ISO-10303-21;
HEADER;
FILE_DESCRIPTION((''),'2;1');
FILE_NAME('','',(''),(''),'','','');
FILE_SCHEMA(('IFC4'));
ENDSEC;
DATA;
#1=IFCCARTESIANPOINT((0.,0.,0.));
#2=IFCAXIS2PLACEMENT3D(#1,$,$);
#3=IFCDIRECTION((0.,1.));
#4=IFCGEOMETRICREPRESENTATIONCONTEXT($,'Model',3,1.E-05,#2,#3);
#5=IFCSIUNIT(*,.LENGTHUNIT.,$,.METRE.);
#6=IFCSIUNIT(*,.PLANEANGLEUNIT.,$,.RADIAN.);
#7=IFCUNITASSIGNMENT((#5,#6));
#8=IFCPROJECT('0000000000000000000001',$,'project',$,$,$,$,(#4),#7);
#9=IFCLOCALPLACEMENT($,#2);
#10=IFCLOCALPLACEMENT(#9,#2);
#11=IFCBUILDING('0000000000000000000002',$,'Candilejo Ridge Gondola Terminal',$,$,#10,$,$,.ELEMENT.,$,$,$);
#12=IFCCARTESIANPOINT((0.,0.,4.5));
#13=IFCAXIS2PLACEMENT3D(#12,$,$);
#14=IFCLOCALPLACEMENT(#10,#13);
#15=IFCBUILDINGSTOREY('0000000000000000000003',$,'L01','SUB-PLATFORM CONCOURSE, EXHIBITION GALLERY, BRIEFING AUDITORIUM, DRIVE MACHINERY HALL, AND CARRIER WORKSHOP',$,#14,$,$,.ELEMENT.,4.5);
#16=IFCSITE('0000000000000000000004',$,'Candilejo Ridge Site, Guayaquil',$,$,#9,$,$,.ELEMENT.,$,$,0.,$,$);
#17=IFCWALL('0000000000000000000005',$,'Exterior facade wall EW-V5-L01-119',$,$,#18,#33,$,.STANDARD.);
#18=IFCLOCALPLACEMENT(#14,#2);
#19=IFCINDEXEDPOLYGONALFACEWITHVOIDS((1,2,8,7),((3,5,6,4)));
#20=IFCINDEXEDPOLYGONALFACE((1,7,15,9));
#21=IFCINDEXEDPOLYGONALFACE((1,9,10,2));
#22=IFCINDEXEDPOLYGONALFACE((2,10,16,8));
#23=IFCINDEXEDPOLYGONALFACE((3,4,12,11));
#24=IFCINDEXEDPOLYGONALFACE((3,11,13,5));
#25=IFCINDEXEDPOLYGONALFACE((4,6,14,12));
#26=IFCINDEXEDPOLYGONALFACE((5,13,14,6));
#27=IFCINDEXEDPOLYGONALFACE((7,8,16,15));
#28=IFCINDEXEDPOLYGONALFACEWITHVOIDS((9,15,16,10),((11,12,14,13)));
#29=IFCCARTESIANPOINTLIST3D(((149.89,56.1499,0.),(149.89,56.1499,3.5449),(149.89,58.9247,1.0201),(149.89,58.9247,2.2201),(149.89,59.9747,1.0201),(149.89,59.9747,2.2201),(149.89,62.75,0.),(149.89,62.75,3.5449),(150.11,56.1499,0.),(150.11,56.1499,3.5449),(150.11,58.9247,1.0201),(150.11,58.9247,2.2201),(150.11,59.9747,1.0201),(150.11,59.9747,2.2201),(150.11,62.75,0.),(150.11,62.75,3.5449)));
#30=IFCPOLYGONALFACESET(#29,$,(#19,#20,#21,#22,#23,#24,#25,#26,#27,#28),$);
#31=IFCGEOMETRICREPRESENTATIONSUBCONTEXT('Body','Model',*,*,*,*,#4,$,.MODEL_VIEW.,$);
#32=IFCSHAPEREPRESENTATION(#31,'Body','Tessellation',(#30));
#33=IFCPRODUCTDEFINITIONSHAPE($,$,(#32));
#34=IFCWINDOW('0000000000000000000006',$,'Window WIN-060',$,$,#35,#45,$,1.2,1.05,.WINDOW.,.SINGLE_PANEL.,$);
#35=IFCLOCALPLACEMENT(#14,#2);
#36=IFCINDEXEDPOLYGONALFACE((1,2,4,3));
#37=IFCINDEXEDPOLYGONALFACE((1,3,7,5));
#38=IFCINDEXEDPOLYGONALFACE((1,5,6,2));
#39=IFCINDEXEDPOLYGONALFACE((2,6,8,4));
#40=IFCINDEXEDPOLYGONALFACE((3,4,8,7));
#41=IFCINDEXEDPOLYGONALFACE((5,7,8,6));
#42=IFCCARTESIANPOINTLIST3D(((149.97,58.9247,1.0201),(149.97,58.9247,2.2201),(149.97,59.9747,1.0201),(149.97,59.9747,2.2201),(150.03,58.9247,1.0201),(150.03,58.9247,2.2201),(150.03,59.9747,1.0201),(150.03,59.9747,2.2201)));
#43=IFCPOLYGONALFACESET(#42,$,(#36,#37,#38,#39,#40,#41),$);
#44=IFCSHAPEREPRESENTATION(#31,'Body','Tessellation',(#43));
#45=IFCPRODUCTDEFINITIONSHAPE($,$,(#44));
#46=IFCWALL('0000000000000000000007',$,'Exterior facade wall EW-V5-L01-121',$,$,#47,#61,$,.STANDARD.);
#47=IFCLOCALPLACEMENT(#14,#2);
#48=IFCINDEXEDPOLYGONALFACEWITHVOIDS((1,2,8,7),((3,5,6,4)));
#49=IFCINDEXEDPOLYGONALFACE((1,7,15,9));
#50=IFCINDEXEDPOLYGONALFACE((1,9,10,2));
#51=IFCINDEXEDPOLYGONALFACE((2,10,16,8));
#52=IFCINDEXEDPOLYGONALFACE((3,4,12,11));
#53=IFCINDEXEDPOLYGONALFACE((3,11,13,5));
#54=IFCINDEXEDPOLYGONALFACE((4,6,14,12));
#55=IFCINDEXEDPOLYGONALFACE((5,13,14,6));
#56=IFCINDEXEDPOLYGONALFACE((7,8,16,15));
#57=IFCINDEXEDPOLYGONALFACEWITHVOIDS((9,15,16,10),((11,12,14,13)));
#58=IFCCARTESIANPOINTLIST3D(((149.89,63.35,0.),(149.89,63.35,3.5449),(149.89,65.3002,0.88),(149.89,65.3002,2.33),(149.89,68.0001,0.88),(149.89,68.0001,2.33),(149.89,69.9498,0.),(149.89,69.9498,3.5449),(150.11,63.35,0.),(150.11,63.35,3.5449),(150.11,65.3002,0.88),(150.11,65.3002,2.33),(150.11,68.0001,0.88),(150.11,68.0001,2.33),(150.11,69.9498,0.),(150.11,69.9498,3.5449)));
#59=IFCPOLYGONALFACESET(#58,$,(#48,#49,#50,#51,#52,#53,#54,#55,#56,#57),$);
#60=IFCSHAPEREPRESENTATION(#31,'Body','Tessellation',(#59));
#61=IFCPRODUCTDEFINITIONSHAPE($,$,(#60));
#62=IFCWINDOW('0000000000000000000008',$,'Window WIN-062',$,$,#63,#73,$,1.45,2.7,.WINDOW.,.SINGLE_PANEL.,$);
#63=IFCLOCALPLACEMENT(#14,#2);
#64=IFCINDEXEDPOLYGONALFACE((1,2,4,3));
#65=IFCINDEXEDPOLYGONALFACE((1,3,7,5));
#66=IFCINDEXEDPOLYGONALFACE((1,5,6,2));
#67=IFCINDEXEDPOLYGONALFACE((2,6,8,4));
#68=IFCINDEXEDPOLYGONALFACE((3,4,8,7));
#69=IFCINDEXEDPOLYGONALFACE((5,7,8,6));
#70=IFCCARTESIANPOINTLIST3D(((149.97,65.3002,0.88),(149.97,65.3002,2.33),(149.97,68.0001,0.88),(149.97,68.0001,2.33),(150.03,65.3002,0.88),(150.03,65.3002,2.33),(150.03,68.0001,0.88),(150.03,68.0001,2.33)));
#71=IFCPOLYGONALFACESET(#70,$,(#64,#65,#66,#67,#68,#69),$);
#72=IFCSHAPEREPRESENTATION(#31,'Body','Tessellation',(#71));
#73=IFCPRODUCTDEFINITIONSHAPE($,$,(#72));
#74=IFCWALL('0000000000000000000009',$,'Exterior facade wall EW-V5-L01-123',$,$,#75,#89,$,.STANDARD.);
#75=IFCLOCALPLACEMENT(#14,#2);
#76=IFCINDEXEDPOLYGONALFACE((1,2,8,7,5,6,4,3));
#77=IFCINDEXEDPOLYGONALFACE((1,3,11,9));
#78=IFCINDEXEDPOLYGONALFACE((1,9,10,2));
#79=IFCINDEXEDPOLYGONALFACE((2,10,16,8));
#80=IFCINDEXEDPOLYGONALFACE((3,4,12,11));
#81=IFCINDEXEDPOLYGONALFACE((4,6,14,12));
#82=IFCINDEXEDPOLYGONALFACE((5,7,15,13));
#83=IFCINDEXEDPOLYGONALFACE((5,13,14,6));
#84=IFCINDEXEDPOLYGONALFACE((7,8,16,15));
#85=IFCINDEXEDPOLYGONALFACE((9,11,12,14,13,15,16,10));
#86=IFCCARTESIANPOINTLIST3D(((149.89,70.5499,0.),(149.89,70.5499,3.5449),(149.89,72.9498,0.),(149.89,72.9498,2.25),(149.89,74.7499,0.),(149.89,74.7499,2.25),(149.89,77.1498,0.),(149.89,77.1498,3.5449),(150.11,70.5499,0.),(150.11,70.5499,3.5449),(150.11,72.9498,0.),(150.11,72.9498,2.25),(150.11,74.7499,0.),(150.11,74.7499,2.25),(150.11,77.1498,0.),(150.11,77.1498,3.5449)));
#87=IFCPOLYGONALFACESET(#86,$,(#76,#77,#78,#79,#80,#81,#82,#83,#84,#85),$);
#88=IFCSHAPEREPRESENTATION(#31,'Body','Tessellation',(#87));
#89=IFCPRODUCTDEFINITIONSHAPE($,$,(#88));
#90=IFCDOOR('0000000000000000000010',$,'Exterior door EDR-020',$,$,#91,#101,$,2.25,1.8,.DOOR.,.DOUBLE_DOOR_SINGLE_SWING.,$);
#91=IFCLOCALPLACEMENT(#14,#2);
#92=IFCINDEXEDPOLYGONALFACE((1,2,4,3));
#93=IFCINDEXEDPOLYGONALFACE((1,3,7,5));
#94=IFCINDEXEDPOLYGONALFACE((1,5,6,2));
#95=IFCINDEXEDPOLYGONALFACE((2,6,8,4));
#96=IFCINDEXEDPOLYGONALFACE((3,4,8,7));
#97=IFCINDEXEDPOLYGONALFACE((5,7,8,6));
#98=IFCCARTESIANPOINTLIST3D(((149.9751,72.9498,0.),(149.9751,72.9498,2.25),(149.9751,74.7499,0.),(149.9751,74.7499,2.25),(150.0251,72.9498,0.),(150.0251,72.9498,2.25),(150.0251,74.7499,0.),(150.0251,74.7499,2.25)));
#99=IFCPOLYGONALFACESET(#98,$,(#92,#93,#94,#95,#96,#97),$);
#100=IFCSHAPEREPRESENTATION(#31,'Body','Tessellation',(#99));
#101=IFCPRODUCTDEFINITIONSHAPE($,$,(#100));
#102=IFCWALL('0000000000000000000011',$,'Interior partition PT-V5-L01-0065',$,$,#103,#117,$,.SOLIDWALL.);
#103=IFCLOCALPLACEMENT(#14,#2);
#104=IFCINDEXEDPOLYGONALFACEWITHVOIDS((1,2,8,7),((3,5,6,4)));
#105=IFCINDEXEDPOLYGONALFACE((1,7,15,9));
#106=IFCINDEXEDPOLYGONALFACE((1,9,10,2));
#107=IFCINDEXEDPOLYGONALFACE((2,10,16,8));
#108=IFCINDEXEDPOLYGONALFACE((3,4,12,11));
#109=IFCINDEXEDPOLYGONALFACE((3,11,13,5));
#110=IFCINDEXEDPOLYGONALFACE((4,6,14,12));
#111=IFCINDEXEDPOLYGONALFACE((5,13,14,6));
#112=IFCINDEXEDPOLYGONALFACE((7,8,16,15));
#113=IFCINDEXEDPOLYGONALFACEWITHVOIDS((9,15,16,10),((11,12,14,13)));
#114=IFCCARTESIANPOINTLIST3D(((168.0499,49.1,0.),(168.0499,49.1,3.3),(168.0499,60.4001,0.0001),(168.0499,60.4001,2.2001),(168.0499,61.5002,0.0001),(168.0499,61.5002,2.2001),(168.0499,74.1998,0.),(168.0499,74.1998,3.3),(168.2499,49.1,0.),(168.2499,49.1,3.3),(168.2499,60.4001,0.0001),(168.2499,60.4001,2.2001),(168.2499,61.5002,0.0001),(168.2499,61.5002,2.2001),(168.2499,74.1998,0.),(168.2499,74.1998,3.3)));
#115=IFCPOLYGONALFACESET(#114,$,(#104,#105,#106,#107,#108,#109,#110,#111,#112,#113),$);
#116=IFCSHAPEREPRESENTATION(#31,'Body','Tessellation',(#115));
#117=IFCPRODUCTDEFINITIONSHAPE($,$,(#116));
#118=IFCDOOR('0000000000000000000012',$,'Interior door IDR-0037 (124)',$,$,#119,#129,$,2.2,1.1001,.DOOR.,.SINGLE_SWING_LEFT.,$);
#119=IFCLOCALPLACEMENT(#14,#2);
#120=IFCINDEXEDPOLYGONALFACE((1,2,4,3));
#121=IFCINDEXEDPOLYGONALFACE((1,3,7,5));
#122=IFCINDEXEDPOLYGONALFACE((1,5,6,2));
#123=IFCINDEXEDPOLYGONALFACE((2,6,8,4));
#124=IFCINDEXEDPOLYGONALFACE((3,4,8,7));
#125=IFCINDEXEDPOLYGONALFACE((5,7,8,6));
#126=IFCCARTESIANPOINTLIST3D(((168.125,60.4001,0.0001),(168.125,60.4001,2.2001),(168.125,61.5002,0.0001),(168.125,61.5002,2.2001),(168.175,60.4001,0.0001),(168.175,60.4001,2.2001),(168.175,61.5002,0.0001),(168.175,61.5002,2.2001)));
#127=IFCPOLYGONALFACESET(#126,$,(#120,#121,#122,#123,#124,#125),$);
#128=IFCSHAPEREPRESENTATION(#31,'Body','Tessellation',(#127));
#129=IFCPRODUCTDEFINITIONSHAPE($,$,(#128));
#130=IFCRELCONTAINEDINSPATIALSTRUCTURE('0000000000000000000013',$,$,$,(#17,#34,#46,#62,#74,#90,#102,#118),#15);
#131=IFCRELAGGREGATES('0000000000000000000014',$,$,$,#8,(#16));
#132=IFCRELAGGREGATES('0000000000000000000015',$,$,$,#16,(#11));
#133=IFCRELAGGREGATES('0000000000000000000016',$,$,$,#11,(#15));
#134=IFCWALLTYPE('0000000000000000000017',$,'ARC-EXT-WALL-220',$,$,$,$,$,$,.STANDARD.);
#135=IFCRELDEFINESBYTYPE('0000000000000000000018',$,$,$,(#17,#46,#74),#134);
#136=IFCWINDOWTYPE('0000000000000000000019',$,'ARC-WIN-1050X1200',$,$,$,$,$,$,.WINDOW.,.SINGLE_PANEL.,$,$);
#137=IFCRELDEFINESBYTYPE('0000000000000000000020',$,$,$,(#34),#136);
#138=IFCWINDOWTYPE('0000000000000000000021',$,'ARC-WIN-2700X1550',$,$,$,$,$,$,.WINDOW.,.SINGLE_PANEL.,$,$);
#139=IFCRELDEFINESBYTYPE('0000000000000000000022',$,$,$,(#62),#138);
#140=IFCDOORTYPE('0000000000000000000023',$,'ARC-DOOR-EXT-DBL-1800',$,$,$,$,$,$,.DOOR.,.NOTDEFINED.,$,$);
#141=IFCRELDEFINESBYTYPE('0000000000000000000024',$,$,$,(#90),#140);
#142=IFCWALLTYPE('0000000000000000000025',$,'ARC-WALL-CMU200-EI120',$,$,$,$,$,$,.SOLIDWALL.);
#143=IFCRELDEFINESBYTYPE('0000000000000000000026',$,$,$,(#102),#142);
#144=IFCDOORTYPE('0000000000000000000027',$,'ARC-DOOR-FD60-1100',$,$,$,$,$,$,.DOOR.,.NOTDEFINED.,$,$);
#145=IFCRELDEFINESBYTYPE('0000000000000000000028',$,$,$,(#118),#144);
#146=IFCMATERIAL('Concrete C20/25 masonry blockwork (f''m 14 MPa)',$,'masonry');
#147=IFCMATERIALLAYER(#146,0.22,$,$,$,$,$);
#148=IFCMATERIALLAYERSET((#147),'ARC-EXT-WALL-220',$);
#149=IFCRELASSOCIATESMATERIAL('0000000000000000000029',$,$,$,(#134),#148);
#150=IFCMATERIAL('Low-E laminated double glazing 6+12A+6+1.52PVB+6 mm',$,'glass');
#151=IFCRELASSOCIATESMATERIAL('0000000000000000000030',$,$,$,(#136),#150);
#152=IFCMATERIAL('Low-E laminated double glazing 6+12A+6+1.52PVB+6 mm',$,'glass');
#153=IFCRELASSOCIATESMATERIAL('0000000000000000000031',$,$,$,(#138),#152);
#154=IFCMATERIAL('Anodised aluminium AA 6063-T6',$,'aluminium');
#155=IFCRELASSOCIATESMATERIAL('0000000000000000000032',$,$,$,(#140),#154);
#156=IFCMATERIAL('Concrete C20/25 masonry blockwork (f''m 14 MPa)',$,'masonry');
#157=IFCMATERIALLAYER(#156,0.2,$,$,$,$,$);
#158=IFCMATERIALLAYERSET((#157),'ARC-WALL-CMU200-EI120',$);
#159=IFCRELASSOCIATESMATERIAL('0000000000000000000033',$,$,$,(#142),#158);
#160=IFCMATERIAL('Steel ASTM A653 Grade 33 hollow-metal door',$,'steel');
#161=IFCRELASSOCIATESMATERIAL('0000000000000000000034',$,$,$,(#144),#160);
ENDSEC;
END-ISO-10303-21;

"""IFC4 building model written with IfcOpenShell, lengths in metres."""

from ifc_helpers import new_model, si_unit, direction, frame, frame_2d, origin, place, context, subcontext, project, spatial, rectangle, extrude, material, layer, layer_set, type_object, element, fill, save


model = new_model("IFC4")

# Units and contexts
model_context = context("Model", 3, precision=1e-05, world=origin(), true_north=direction((0.0, 1.0)))
body_context = subcontext(model_context, "Body", "Model", "MODEL_VIEW")
ifc_project = project(units=[si_unit("LENGTHUNIT", "METRE"), si_unit("PLANEANGLEUNIT", "RADIAN")], contexts=[model_context])

# Site, building, storey
site_placement = place(None, origin())
site = spatial("IfcSite", under=ifc_project, at=site_placement, Name="Candilejo Ridge Site, Guayaquil", CompositionType="ELEMENT", RefElevation=0.0)
building_placement = place(site_placement, origin())
building = spatial("IfcBuilding", under=site, at=building_placement, Name="Candilejo Ridge Gondola Terminal", CompositionType="ELEMENT")
storey_placement = place(building_placement, frame((0.0, 0.0, 4.5)))
storey = spatial("IfcBuildingStorey", under=building, at=storey_placement, Name="L01", Description="SUB-PLATFORM CONCOURSE, EXHIBITION GALLERY, BRIEFING AUDITORIUM, DRIVE MACHINERY HALL, AND CARRIER WORKSHOP", CompositionType="ELEMENT", Elevation=4.5)

# Walls, openings, windows
ifc_material_1 = material(Name="Concrete C20/25 masonry blockwork (f'm 14 MPa)", Category="masonry")
ifc_layer_1 = layer(ifc_material_1, 0.22)
ifc_layer_set_1 = layer_set([ifc_layer_1], Name="ARC-EXT-WALL-220")
wall_type_1 = type_object("IfcWallType", Name="ARC-EXT-WALL-220", PredefinedType="STANDARD", material=ifc_layer_set_1)
wall_1_placement = place(storey_placement, frame((150.0, 56.1499, 0.0), z_axis=(0.0, 0.0, 1.0), x_axis=(0.0, 1.0, 0.0)))
wall_1 = element("IfcWall", 1, at=wall_1_placement, inside=storey, type_object=wall_type_1, Name="Exterior facade wall EW-V5-L01-119", PredefinedType="STANDARD", context=body_context, shape_type="SweptSolid", body=[
    extrude(rectangle(XDim=6.6001, YDim=0.22, at=frame_2d((3.3, 0.0))), origin(), (0.0, 0.0, 1.0), 3.5449),
])
opening_1_placement = place(wall_1_placement, frame((2.7749, 0.0, 1.02)))
opening_1 = element("IfcOpeningElement", 2, at=opening_1_placement, cuts=wall_1, PredefinedType="OPENING", context=body_context, shape_type="SweptSolid", body=[
    extrude(rectangle(XDim=1.05, YDim=1.2, at=frame_2d((0.5249, 0.6001))), frame((0.0, 0.1199, 0.0), z_axis=(0.0, -1.0, 0.0), x_axis=(1.0, 0.0, 0.0)), (0.0, 0.0, 1.0), 0.24),
])
ifc_material_2 = material(Name="Low-E laminated double glazing 6+12A+6+1.52PVB+6 mm", Category="glass")
window_type_1 = type_object("IfcWindowType", Name="ARC-WIN-1050X1200", PartitioningType="SINGLE_PANEL", PredefinedType="WINDOW", material=ifc_material_2)
window_1_placement = place(opening_1_placement, origin())
window_1 = element("IfcWindow", 3, at=window_1_placement, inside=storey, type_object=window_type_1, Name="Window WIN-060", OverallHeight=1.2, OverallWidth=1.05, PartitioningType="SINGLE_PANEL", PredefinedType="WINDOW", context=body_context, shape_type="SweptSolid", body=[
    extrude(rectangle(XDim=1.05, YDim=1.2, at=frame_2d((0.5249, 0.6001))), frame((0.0, 0.03, 0.0), z_axis=(0.0, -1.0, 0.0), x_axis=(1.0, 0.0, 0.0)), (0.0, 0.0, 1.0), 0.0601),
])
fill(opening_1, window_1)
wall_2_placement = place(storey_placement, frame((150.0, 63.3501, 0.0), z_axis=(0.0, 0.0, 1.0), x_axis=(0.0, 1.0, 0.0)))
wall_2 = element("IfcWall", 4, at=wall_2_placement, inside=storey, type_object=wall_type_1, Name="Exterior facade wall EW-V5-L01-121", PredefinedType="STANDARD", context=body_context, shape_type="SweptSolid", body=[
    extrude(rectangle(XDim=6.5999, YDim=0.22, at=frame_2d((3.2998, 0.0))), origin(), (0.0, 0.0, 1.0), 3.5449),
])
opening_2_placement = place(wall_2_placement, frame((1.95, 0.0, 0.8799)))
opening_2 = element("IfcOpeningElement", 5, at=opening_2_placement, cuts=wall_2, PredefinedType="OPENING", context=body_context, shape_type="SweptSolid", body=[
    extrude(rectangle(XDim=2.7, YDim=1.45, at=frame_2d((1.3501, 0.7251))), frame((0.0, 0.1199, 0.0), z_axis=(0.0, -1.0, 0.0), x_axis=(1.0, 0.0, 0.0)), (0.0, 0.0, 1.0), 0.24),
])
ifc_material_3 = material(Name="Low-E laminated double glazing 6+12A+6+1.52PVB+6 mm", Category="glass")
window_type_2 = type_object("IfcWindowType", Name="ARC-WIN-2700X1550", PartitioningType="SINGLE_PANEL", PredefinedType="WINDOW", material=ifc_material_3)
window_2_placement = place(opening_2_placement, origin())
window_2 = element("IfcWindow", 6, at=window_2_placement, inside=storey, type_object=window_type_2, Name="Window WIN-062", OverallHeight=1.45, OverallWidth=2.7, PartitioningType="SINGLE_PANEL", PredefinedType="WINDOW", context=body_context, shape_type="SweptSolid", body=[
    extrude(rectangle(XDim=2.7, YDim=1.45, at=frame_2d((1.3501, 0.7251))), frame((0.0, 0.03, 0.0), z_axis=(0.0, -1.0, 0.0), x_axis=(1.0, 0.0, 0.0)), (0.0, 0.0, 1.0), 0.0601),
])
fill(opening_2, window_2)

# Walls, openings, doors
wall_3_placement = place(storey_placement, frame((150.0, 70.55, 0.0), z_axis=(0.0, 0.0, 1.0), x_axis=(0.0, 1.0, 0.0)))
wall_3 = element("IfcWall", 7, at=wall_3_placement, inside=storey, type_object=wall_type_1, Name="Exterior facade wall EW-V5-L01-123", PredefinedType="STANDARD", context=body_context, shape_type="SweptSolid", body=[
    extrude(rectangle(XDim=6.5999, YDim=0.22, at=frame_2d((3.2998, 0.0))), origin(), (0.0, 0.0, 1.0), 3.5449),
])
opening_3_placement = place(wall_3_placement, frame((2.3999, 0.0, 0.0)))
opening_3 = element("IfcOpeningElement", 8, at=opening_3_placement, cuts=wall_3, PredefinedType="OPENING", context=body_context, shape_type="SweptSolid", body=[
    extrude(rectangle(XDim=1.8, YDim=2.25, at=frame_2d((0.8999, 1.125))), frame((0.0, 0.1199, 0.0), z_axis=(0.0, -1.0, 0.0), x_axis=(1.0, 0.0, 0.0)), (0.0, 0.0, 1.0), 0.24),
])
ifc_material_4 = material(Name="Anodised aluminium AA 6063-T6", Category="aluminium")
door_type_1 = type_object("IfcDoorType", Name="ARC-DOOR-EXT-DBL-1800", OperationType="NOTDEFINED", PredefinedType="DOOR", material=ifc_material_4)
door_1_placement = place(opening_3_placement, origin())
door_1 = element("IfcDoor", 9, at=door_1_placement, inside=storey, type_object=door_type_1, Name="Exterior door EDR-020", OperationType="DOUBLE_DOOR_SINGLE_SWING", OverallHeight=2.25, OverallWidth=1.8, PredefinedType="DOOR", context=body_context, shape_type="SweptSolid", body=[
    extrude(rectangle(XDim=1.8, YDim=2.25, at=frame_2d((0.8999, 1.125))), frame((0.0, 0.0249, 0.0), z_axis=(0.0, -1.0, 0.0), x_axis=(1.0, 0.0, 0.0)), (0.0, 0.0, 1.0), 0.05),
])
fill(opening_3, door_1)
ifc_material_5 = material(Name="Concrete C20/25 masonry blockwork (f'm 14 MPa)", Category="masonry")
ifc_layer_2 = layer(ifc_material_5, 0.2)
ifc_layer_set_2 = layer_set([ifc_layer_2], Name="ARC-WALL-CMU200-EI120")
wall_type_2 = type_object("IfcWallType", Name="ARC-WALL-CMU200-EI120", PredefinedType="SOLIDWALL", material=ifc_layer_set_2)
wall_4_placement = place(storey_placement, frame((168.1499, 49.1001, 0.0), z_axis=(0.0, 0.0, 1.0), x_axis=(0.0, 1.0, 0.0)))
wall_4 = element("IfcWall", 10, at=wall_4_placement, inside=storey, type_object=wall_type_2, Name="Interior partition PT-V5-L01-0065", PredefinedType="SOLIDWALL", context=body_context, shape_type="SweptSolid", body=[
    extrude(rectangle(XDim=25.0999, YDim=0.2, at=frame_2d((12.5498, 0.0))), origin(), (0.0, 0.0, 1.0), 3.3),
])
opening_4_placement = place(wall_4_placement, frame((11.3, 0.0, 0.0)))
opening_4 = element("IfcOpeningElement", 11, at=opening_4_placement, cuts=wall_4, PredefinedType="OPENING", context=body_context, shape_type="SweptSolid", body=[
    extrude(rectangle(XDim=1.1001, YDim=2.2, at=frame_2d((0.55, 1.1001))), frame((0.0, 0.1099, 0.0), z_axis=(0.0, -1.0, 0.0), x_axis=(1.0, 0.0, 0.0)), (0.0, 0.0, 1.0), 0.22),
])
ifc_material_6 = material(Name="Steel ASTM A653 Grade 33 hollow-metal door", Category="steel")
door_type_2 = type_object("IfcDoorType", Name="ARC-DOOR-FD60-1100", OperationType="NOTDEFINED", PredefinedType="DOOR", material=ifc_material_6)
door_2_placement = place(opening_4_placement, origin())
door_2 = element("IfcDoor", 12, at=door_2_placement, inside=storey, type_object=door_type_2, Name="Interior door IDR-0037 (124)", OperationType="SINGLE_SWING_LEFT", OverallHeight=2.2, OverallWidth=1.1001, PredefinedType="DOOR", context=body_context, shape_type="SweptSolid", body=[
    extrude(rectangle(XDim=1.1001, YDim=2.2, at=frame_2d((0.55, 1.1001))), frame((0.0, 0.0249, 0.0), z_axis=(0.0, -1.0, 0.0), x_axis=(1.0, 0.0, 0.0)), (0.0, 0.0, 1.0), 0.05),
])
fill(opening_4, door_2)

save(model, "model.ifc")
